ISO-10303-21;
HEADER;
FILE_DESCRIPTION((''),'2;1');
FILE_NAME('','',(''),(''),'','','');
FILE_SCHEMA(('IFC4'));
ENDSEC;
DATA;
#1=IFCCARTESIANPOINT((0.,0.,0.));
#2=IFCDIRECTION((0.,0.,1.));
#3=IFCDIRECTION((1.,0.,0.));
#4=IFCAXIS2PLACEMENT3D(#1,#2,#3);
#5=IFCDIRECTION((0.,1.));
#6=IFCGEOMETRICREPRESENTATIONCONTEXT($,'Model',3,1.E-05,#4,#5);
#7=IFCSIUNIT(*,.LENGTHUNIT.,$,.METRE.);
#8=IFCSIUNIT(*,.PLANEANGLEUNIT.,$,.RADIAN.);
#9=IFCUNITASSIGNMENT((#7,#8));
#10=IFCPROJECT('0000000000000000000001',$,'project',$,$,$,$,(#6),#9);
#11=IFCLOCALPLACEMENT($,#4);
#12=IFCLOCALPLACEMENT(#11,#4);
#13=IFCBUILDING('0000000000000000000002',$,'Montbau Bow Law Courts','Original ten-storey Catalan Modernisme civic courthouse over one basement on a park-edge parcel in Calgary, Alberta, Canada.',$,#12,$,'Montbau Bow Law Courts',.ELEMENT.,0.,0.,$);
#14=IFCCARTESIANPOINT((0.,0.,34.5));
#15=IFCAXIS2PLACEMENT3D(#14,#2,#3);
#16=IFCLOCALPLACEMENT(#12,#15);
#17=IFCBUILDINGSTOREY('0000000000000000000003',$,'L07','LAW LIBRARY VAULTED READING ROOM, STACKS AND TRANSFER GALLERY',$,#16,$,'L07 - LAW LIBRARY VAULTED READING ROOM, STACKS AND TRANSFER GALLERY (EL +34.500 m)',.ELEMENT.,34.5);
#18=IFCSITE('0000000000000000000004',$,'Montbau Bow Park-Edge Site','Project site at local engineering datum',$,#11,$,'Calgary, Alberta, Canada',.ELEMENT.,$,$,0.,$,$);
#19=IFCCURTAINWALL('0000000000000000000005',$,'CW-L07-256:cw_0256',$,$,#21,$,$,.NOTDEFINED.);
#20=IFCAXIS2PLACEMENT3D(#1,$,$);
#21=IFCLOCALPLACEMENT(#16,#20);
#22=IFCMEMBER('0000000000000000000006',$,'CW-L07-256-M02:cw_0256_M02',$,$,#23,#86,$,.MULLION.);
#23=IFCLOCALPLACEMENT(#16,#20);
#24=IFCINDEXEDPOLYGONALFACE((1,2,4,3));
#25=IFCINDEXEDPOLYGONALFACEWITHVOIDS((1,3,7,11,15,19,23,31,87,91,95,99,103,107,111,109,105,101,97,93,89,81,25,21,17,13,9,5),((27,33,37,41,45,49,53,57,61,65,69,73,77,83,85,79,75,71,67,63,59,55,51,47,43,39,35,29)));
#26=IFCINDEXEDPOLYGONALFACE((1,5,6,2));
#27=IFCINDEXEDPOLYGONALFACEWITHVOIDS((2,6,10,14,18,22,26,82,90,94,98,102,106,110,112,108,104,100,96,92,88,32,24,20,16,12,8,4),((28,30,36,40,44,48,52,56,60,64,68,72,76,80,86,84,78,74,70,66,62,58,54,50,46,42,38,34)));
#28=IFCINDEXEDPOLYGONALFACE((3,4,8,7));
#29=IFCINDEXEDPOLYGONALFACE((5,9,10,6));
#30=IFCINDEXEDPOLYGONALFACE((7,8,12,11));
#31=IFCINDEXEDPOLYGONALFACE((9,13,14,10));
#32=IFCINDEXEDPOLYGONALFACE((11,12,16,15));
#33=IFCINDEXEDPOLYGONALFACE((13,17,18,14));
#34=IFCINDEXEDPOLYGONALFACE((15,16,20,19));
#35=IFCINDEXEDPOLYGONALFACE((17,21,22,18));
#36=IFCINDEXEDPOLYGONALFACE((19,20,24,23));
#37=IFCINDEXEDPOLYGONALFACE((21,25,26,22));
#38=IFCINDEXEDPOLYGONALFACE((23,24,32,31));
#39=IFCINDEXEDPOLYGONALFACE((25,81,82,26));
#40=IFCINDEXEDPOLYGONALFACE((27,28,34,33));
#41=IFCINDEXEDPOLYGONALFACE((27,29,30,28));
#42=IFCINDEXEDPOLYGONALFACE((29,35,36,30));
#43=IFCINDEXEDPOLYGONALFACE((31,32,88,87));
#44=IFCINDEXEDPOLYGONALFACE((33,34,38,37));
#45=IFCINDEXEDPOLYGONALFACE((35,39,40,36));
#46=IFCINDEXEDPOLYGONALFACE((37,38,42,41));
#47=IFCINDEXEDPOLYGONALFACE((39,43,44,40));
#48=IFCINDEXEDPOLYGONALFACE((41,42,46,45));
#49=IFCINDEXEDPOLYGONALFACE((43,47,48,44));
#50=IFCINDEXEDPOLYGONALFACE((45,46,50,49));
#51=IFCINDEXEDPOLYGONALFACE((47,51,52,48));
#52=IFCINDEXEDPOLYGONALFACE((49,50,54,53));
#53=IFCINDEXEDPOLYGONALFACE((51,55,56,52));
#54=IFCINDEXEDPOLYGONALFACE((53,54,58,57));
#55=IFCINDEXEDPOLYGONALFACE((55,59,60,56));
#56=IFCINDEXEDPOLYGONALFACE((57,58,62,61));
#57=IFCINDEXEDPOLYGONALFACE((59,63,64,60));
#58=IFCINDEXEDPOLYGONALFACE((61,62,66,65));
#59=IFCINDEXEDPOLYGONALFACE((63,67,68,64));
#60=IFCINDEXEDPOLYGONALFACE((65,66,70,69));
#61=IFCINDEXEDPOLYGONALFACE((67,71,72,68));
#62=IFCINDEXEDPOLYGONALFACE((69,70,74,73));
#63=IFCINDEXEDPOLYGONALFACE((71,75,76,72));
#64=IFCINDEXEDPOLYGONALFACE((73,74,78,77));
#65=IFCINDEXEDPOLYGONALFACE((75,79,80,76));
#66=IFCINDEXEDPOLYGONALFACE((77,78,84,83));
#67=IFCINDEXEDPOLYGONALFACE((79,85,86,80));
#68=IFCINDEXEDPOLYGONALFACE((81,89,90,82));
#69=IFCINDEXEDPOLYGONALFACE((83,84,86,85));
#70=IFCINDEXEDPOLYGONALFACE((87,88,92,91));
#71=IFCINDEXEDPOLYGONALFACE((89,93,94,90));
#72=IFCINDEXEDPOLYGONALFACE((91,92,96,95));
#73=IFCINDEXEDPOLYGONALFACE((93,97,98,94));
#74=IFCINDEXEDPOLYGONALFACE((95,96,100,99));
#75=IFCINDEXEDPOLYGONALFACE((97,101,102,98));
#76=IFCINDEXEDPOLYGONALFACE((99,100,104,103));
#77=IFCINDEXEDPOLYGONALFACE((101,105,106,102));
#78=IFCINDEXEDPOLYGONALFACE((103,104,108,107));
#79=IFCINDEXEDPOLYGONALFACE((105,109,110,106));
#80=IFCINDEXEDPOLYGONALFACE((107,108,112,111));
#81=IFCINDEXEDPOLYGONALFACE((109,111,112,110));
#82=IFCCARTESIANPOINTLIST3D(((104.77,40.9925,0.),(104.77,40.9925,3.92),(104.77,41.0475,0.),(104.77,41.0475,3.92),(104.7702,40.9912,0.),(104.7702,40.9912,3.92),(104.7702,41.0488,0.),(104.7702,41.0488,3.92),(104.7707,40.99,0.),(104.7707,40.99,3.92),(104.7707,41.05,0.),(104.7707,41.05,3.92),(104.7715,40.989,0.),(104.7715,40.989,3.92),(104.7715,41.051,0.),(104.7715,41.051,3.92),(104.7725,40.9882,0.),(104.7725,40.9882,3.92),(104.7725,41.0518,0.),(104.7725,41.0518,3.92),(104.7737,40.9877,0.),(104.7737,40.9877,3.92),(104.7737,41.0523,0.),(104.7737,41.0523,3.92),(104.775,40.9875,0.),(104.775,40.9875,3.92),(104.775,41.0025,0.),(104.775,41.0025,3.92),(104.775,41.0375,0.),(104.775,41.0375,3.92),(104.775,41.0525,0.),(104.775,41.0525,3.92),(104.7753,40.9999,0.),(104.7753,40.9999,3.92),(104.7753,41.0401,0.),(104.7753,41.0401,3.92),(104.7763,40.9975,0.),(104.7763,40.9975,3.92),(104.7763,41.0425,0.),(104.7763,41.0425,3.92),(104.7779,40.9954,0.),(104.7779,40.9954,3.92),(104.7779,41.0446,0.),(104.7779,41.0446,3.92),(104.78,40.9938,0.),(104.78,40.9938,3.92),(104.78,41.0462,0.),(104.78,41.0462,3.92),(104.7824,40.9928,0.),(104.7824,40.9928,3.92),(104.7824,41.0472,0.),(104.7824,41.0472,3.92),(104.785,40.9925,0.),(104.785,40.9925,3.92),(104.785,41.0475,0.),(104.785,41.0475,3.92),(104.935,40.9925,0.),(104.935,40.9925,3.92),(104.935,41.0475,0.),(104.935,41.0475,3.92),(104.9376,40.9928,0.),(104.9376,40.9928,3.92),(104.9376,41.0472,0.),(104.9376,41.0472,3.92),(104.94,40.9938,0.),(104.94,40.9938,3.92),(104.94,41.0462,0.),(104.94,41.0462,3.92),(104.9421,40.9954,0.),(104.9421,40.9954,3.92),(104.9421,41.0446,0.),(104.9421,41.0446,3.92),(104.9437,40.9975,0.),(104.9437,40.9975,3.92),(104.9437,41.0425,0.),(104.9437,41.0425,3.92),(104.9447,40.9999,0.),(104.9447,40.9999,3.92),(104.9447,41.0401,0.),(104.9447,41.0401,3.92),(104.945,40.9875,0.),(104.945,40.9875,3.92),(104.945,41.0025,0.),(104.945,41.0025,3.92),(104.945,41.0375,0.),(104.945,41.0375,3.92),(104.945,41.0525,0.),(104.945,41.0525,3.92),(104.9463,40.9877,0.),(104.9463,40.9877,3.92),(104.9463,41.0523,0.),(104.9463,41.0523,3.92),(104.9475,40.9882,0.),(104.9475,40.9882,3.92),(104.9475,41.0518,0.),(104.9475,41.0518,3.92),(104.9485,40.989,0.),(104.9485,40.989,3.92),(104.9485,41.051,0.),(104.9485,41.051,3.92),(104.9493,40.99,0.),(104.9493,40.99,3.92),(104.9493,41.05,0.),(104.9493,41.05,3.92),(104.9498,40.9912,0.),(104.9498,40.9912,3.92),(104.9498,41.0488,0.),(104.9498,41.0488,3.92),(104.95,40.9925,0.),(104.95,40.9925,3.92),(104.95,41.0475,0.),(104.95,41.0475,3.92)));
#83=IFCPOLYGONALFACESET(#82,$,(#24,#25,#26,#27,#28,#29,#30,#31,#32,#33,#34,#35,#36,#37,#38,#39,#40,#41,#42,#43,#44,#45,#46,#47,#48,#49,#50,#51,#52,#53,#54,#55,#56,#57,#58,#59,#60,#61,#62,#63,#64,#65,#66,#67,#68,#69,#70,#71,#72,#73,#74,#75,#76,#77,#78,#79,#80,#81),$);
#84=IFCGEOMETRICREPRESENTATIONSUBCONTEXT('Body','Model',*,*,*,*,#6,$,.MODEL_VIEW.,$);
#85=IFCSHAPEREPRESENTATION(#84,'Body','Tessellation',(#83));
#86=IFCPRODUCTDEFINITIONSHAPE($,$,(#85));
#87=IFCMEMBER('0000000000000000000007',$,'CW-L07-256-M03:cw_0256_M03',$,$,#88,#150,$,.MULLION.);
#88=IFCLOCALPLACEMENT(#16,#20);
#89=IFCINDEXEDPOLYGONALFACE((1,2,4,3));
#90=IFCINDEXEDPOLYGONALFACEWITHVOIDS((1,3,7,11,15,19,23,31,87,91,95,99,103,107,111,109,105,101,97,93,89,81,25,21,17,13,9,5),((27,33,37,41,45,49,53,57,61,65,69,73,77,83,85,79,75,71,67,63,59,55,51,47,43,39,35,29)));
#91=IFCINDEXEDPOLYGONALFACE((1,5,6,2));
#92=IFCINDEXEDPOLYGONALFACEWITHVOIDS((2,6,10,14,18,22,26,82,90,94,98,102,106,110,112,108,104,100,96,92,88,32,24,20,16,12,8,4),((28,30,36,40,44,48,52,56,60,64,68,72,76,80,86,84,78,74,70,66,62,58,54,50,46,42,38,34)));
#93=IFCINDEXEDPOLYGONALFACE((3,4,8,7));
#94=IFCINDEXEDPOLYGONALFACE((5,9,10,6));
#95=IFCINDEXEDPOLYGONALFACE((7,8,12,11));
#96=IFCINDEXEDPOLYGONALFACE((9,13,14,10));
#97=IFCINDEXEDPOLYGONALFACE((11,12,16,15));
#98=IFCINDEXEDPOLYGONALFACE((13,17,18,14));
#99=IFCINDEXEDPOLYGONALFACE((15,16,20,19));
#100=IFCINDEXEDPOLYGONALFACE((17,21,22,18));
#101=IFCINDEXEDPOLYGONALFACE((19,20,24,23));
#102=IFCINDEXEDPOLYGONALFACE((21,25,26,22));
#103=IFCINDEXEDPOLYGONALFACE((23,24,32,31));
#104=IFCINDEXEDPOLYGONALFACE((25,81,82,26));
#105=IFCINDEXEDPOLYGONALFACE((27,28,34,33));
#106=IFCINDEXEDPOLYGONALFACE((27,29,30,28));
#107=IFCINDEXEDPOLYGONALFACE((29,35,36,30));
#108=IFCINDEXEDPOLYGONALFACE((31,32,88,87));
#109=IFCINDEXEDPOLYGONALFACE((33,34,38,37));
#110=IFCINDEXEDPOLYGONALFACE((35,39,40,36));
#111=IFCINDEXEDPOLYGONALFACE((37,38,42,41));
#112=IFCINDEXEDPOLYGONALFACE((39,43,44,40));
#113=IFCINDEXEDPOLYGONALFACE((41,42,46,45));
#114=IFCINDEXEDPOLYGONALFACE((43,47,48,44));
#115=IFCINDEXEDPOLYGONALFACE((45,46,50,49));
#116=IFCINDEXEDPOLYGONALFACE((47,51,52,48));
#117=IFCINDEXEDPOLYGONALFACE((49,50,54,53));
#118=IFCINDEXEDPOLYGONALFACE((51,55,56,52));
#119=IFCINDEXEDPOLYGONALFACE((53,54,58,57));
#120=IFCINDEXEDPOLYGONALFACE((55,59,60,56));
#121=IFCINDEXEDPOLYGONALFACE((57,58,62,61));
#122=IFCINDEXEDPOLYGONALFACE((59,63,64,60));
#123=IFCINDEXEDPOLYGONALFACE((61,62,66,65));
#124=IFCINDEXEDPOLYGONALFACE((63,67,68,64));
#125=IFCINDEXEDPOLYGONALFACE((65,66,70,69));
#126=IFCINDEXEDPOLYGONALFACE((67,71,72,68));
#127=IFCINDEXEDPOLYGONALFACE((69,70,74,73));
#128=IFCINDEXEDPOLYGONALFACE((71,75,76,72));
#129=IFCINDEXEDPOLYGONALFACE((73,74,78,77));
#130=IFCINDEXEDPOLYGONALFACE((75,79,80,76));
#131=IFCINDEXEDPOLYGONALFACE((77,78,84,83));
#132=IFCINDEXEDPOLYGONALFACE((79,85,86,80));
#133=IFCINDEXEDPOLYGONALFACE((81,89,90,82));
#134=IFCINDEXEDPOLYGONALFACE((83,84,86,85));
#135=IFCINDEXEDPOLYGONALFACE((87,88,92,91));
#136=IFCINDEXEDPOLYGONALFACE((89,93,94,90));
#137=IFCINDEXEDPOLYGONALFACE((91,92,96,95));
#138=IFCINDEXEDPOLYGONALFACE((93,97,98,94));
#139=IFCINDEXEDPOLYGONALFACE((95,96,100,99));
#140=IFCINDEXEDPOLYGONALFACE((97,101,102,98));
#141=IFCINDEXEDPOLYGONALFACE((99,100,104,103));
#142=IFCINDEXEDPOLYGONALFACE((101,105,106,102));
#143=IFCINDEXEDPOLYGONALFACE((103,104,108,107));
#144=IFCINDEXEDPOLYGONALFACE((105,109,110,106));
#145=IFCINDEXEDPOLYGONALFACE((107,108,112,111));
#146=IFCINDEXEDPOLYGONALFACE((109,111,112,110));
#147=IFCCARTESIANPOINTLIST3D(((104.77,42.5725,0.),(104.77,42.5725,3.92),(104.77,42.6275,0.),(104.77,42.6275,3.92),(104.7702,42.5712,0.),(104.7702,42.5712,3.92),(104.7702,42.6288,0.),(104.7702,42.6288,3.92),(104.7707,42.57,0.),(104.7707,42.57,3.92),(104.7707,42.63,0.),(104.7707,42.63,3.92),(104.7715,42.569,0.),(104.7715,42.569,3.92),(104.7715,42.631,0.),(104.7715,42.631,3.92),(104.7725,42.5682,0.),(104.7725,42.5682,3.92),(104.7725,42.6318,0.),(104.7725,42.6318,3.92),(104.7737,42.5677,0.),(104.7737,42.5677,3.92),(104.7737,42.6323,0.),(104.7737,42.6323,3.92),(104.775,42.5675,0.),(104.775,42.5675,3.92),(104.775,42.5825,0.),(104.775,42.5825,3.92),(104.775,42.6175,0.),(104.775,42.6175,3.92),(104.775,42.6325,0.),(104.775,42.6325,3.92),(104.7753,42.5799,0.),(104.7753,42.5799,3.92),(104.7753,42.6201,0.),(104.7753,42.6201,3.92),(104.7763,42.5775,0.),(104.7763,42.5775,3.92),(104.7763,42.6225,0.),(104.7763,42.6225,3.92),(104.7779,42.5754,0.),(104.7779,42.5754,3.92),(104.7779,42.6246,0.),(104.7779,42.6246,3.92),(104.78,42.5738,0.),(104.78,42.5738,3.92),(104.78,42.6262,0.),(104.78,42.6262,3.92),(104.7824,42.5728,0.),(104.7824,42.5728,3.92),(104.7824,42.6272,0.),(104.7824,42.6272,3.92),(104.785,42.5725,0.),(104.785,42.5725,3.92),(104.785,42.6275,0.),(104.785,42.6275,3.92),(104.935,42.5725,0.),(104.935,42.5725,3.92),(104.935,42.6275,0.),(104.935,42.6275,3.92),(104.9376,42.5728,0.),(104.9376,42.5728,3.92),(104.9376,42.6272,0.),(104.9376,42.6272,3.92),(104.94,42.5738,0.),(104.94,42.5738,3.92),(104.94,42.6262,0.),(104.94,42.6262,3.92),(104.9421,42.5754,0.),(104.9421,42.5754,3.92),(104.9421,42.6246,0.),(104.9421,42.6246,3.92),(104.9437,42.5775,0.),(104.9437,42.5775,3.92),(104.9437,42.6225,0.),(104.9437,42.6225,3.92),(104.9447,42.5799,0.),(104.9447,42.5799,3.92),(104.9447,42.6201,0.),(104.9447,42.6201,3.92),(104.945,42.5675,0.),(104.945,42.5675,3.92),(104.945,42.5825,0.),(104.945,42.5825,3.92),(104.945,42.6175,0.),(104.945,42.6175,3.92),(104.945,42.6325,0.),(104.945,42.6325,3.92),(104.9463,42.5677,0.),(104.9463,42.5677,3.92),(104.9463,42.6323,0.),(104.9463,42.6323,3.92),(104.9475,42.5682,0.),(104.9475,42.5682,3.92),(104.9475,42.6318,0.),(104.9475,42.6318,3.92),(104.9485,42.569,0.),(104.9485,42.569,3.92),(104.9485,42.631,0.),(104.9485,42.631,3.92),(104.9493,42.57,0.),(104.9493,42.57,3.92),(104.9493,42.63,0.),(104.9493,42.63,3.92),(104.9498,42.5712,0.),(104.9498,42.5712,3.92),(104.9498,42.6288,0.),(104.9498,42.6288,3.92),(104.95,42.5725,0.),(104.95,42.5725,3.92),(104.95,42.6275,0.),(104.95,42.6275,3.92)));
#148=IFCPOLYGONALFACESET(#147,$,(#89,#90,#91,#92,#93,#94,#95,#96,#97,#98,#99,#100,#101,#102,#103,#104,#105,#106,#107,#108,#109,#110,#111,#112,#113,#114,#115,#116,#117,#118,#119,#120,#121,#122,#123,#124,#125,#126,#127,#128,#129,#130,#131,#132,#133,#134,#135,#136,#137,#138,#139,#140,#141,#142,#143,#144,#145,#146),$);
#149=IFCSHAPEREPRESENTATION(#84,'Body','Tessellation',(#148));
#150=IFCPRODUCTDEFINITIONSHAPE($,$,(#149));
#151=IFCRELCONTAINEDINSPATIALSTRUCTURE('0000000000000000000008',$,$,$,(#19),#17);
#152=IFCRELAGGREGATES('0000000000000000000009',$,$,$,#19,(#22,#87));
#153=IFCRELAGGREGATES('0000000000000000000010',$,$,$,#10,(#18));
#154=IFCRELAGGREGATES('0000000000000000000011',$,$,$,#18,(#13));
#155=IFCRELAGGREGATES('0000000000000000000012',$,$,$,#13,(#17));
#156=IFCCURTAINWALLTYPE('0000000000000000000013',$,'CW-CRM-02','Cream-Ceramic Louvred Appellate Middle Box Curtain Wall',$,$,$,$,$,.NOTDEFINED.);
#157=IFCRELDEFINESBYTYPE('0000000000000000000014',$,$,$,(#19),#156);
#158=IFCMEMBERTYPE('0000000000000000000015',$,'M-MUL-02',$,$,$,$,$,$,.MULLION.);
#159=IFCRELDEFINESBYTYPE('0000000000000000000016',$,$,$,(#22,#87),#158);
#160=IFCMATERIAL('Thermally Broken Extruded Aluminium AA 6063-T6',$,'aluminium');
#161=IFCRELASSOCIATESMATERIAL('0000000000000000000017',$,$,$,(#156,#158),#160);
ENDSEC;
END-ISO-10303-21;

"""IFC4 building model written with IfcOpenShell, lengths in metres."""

from ifc_helpers import new_model, si_unit, direction, frame, origin_with_axes, origin_2d_with_axis, place, context, subcontext, project, spatial, hollow_rectangle, extrude, material, material_profile, profile_set, type_object, element, aggregate, save


model = new_model("IFC4")

# Units and contexts
model_context = context("Model", 3, precision=1e-05, world=origin_with_axes(), true_north=direction((0.0, 1.0)))
body_context = subcontext(model_context, "Body", "Model", "MODEL_VIEW")
ifc_project = project(units=[si_unit("LENGTHUNIT", "METRE"), si_unit("PLANEANGLEUNIT", "RADIAN")], contexts=[model_context])

# Site, building, storey
site_placement = place(None, origin_with_axes())
site = spatial("IfcSite", under=ifc_project, at=site_placement, Name="Montbau Bow Park-Edge Site", Description="Project site at local engineering datum", LongName="Calgary, Alberta, Canada", CompositionType="ELEMENT", RefElevation=0.0)
building_placement = place(site_placement, origin_with_axes())
building = spatial("IfcBuilding", under=site, at=building_placement, Name="Montbau Bow Law Courts", Description="Original ten-storey Catalan Modernisme civic courthouse over one basement on a park-edge parcel in Calgary, Alberta, Canada.", LongName="Montbau Bow Law Courts", CompositionType="ELEMENT", ElevationOfRefHeight=0.0, ElevationOfTerrain=0.0)
storey_placement = place(building_placement, frame((0.0, 0.0, 34.5), z_axis=(0.0, 0.0, 1.0), x_axis=(1.0, 0.0, 0.0)))
storey = spatial("IfcBuildingStorey", under=building, at=storey_placement, Name="L07", Description="LAW LIBRARY VAULTED READING ROOM, STACKS AND TRANSFER GALLERY", LongName="L07 - LAW LIBRARY VAULTED READING ROOM, STACKS AND TRANSFER GALLERY (EL +34.500 m)", CompositionType="ELEMENT", Elevation=34.5)

# Curtain wall, members
ifc_material_1 = material(Name="Thermally Broken Extruded Aluminium AA 6063-T6", Category="aluminium")
curtain_wall_type = type_object("IfcCurtainWallType", Name="CW-CRM-02", Description="Cream-Ceramic Louvred Appellate Middle Box Curtain Wall", PredefinedType="NOTDEFINED", material=ifc_material_1)
curtain_wall_1_placement = place(None, frame((104.86, 39.44, 34.5), z_axis=(0.0, 0.0, 1.0), x_axis=(1.0, 0.0, 0.0)))
curtain_wall_1 = element("IfcCurtainWall", 1, at=curtain_wall_1_placement, inside=storey, type_object=curtain_wall_type, Name="CW-L07-256:cw_0256", PredefinedType="NOTDEFINED")
ifc_material_profile_1 = material_profile(ifc_material_1, hollow_rectangle(XDim=0.065, YDim=0.18, WallThickness=0.005, InnerFilletRadius=0.01, OuterFilletRadius=0.005, at=origin_2d_with_axis()), Name="CWM-180X65", Category="Main", Priority=0)
ifc_profile_set_1 = profile_set([ifc_material_profile_1], Name="Thermally Broken Extruded Aluminium AA 6063-T6")
member_type_1 = type_object("IfcMemberType", Name="M-MUL-02", PredefinedType="MULLION", material=ifc_profile_set_1)
member_1_placement = place(None, frame((104.86, 41.02, 34.5), z_axis=(0.0, 0.0, 1.0), x_axis=(0.0, 1.0, 0.0)))
member_1 = element("IfcMember", 2, at=member_1_placement, type_object=member_type_1, Name="CW-L07-256-M02:cw_0256_M02", PredefinedType="MULLION", context=body_context, shape_type="SweptSolid", body=[
    extrude(hollow_rectangle(XDim=0.065, YDim=0.18, WallThickness=0.005, InnerFilletRadius=0.01, OuterFilletRadius=0.005, at=origin_2d_with_axis()), origin_with_axes(), (0.0, 0.0, 1.0), 3.92),
])
member_2_placement = place(None, frame((104.86, 42.6, 34.5), z_axis=(0.0, 0.0, 1.0), x_axis=(0.0, 1.0, 0.0)))
member_2 = element("IfcMember", 3, at=member_2_placement, type_object=member_type_1, Name="CW-L07-256-M03:cw_0256_M03", PredefinedType="MULLION", context=body_context, shape_type="SweptSolid", body=[
    extrude(hollow_rectangle(XDim=0.065, YDim=0.18, WallThickness=0.005, InnerFilletRadius=0.01, OuterFilletRadius=0.005, at=origin_2d_with_axis()), origin_with_axes(), (0.0, 0.0, 1.0), 3.92),
])

aggregate(curtain_wall_1, [member_1, member_2])

save(model, "model.ifc")
